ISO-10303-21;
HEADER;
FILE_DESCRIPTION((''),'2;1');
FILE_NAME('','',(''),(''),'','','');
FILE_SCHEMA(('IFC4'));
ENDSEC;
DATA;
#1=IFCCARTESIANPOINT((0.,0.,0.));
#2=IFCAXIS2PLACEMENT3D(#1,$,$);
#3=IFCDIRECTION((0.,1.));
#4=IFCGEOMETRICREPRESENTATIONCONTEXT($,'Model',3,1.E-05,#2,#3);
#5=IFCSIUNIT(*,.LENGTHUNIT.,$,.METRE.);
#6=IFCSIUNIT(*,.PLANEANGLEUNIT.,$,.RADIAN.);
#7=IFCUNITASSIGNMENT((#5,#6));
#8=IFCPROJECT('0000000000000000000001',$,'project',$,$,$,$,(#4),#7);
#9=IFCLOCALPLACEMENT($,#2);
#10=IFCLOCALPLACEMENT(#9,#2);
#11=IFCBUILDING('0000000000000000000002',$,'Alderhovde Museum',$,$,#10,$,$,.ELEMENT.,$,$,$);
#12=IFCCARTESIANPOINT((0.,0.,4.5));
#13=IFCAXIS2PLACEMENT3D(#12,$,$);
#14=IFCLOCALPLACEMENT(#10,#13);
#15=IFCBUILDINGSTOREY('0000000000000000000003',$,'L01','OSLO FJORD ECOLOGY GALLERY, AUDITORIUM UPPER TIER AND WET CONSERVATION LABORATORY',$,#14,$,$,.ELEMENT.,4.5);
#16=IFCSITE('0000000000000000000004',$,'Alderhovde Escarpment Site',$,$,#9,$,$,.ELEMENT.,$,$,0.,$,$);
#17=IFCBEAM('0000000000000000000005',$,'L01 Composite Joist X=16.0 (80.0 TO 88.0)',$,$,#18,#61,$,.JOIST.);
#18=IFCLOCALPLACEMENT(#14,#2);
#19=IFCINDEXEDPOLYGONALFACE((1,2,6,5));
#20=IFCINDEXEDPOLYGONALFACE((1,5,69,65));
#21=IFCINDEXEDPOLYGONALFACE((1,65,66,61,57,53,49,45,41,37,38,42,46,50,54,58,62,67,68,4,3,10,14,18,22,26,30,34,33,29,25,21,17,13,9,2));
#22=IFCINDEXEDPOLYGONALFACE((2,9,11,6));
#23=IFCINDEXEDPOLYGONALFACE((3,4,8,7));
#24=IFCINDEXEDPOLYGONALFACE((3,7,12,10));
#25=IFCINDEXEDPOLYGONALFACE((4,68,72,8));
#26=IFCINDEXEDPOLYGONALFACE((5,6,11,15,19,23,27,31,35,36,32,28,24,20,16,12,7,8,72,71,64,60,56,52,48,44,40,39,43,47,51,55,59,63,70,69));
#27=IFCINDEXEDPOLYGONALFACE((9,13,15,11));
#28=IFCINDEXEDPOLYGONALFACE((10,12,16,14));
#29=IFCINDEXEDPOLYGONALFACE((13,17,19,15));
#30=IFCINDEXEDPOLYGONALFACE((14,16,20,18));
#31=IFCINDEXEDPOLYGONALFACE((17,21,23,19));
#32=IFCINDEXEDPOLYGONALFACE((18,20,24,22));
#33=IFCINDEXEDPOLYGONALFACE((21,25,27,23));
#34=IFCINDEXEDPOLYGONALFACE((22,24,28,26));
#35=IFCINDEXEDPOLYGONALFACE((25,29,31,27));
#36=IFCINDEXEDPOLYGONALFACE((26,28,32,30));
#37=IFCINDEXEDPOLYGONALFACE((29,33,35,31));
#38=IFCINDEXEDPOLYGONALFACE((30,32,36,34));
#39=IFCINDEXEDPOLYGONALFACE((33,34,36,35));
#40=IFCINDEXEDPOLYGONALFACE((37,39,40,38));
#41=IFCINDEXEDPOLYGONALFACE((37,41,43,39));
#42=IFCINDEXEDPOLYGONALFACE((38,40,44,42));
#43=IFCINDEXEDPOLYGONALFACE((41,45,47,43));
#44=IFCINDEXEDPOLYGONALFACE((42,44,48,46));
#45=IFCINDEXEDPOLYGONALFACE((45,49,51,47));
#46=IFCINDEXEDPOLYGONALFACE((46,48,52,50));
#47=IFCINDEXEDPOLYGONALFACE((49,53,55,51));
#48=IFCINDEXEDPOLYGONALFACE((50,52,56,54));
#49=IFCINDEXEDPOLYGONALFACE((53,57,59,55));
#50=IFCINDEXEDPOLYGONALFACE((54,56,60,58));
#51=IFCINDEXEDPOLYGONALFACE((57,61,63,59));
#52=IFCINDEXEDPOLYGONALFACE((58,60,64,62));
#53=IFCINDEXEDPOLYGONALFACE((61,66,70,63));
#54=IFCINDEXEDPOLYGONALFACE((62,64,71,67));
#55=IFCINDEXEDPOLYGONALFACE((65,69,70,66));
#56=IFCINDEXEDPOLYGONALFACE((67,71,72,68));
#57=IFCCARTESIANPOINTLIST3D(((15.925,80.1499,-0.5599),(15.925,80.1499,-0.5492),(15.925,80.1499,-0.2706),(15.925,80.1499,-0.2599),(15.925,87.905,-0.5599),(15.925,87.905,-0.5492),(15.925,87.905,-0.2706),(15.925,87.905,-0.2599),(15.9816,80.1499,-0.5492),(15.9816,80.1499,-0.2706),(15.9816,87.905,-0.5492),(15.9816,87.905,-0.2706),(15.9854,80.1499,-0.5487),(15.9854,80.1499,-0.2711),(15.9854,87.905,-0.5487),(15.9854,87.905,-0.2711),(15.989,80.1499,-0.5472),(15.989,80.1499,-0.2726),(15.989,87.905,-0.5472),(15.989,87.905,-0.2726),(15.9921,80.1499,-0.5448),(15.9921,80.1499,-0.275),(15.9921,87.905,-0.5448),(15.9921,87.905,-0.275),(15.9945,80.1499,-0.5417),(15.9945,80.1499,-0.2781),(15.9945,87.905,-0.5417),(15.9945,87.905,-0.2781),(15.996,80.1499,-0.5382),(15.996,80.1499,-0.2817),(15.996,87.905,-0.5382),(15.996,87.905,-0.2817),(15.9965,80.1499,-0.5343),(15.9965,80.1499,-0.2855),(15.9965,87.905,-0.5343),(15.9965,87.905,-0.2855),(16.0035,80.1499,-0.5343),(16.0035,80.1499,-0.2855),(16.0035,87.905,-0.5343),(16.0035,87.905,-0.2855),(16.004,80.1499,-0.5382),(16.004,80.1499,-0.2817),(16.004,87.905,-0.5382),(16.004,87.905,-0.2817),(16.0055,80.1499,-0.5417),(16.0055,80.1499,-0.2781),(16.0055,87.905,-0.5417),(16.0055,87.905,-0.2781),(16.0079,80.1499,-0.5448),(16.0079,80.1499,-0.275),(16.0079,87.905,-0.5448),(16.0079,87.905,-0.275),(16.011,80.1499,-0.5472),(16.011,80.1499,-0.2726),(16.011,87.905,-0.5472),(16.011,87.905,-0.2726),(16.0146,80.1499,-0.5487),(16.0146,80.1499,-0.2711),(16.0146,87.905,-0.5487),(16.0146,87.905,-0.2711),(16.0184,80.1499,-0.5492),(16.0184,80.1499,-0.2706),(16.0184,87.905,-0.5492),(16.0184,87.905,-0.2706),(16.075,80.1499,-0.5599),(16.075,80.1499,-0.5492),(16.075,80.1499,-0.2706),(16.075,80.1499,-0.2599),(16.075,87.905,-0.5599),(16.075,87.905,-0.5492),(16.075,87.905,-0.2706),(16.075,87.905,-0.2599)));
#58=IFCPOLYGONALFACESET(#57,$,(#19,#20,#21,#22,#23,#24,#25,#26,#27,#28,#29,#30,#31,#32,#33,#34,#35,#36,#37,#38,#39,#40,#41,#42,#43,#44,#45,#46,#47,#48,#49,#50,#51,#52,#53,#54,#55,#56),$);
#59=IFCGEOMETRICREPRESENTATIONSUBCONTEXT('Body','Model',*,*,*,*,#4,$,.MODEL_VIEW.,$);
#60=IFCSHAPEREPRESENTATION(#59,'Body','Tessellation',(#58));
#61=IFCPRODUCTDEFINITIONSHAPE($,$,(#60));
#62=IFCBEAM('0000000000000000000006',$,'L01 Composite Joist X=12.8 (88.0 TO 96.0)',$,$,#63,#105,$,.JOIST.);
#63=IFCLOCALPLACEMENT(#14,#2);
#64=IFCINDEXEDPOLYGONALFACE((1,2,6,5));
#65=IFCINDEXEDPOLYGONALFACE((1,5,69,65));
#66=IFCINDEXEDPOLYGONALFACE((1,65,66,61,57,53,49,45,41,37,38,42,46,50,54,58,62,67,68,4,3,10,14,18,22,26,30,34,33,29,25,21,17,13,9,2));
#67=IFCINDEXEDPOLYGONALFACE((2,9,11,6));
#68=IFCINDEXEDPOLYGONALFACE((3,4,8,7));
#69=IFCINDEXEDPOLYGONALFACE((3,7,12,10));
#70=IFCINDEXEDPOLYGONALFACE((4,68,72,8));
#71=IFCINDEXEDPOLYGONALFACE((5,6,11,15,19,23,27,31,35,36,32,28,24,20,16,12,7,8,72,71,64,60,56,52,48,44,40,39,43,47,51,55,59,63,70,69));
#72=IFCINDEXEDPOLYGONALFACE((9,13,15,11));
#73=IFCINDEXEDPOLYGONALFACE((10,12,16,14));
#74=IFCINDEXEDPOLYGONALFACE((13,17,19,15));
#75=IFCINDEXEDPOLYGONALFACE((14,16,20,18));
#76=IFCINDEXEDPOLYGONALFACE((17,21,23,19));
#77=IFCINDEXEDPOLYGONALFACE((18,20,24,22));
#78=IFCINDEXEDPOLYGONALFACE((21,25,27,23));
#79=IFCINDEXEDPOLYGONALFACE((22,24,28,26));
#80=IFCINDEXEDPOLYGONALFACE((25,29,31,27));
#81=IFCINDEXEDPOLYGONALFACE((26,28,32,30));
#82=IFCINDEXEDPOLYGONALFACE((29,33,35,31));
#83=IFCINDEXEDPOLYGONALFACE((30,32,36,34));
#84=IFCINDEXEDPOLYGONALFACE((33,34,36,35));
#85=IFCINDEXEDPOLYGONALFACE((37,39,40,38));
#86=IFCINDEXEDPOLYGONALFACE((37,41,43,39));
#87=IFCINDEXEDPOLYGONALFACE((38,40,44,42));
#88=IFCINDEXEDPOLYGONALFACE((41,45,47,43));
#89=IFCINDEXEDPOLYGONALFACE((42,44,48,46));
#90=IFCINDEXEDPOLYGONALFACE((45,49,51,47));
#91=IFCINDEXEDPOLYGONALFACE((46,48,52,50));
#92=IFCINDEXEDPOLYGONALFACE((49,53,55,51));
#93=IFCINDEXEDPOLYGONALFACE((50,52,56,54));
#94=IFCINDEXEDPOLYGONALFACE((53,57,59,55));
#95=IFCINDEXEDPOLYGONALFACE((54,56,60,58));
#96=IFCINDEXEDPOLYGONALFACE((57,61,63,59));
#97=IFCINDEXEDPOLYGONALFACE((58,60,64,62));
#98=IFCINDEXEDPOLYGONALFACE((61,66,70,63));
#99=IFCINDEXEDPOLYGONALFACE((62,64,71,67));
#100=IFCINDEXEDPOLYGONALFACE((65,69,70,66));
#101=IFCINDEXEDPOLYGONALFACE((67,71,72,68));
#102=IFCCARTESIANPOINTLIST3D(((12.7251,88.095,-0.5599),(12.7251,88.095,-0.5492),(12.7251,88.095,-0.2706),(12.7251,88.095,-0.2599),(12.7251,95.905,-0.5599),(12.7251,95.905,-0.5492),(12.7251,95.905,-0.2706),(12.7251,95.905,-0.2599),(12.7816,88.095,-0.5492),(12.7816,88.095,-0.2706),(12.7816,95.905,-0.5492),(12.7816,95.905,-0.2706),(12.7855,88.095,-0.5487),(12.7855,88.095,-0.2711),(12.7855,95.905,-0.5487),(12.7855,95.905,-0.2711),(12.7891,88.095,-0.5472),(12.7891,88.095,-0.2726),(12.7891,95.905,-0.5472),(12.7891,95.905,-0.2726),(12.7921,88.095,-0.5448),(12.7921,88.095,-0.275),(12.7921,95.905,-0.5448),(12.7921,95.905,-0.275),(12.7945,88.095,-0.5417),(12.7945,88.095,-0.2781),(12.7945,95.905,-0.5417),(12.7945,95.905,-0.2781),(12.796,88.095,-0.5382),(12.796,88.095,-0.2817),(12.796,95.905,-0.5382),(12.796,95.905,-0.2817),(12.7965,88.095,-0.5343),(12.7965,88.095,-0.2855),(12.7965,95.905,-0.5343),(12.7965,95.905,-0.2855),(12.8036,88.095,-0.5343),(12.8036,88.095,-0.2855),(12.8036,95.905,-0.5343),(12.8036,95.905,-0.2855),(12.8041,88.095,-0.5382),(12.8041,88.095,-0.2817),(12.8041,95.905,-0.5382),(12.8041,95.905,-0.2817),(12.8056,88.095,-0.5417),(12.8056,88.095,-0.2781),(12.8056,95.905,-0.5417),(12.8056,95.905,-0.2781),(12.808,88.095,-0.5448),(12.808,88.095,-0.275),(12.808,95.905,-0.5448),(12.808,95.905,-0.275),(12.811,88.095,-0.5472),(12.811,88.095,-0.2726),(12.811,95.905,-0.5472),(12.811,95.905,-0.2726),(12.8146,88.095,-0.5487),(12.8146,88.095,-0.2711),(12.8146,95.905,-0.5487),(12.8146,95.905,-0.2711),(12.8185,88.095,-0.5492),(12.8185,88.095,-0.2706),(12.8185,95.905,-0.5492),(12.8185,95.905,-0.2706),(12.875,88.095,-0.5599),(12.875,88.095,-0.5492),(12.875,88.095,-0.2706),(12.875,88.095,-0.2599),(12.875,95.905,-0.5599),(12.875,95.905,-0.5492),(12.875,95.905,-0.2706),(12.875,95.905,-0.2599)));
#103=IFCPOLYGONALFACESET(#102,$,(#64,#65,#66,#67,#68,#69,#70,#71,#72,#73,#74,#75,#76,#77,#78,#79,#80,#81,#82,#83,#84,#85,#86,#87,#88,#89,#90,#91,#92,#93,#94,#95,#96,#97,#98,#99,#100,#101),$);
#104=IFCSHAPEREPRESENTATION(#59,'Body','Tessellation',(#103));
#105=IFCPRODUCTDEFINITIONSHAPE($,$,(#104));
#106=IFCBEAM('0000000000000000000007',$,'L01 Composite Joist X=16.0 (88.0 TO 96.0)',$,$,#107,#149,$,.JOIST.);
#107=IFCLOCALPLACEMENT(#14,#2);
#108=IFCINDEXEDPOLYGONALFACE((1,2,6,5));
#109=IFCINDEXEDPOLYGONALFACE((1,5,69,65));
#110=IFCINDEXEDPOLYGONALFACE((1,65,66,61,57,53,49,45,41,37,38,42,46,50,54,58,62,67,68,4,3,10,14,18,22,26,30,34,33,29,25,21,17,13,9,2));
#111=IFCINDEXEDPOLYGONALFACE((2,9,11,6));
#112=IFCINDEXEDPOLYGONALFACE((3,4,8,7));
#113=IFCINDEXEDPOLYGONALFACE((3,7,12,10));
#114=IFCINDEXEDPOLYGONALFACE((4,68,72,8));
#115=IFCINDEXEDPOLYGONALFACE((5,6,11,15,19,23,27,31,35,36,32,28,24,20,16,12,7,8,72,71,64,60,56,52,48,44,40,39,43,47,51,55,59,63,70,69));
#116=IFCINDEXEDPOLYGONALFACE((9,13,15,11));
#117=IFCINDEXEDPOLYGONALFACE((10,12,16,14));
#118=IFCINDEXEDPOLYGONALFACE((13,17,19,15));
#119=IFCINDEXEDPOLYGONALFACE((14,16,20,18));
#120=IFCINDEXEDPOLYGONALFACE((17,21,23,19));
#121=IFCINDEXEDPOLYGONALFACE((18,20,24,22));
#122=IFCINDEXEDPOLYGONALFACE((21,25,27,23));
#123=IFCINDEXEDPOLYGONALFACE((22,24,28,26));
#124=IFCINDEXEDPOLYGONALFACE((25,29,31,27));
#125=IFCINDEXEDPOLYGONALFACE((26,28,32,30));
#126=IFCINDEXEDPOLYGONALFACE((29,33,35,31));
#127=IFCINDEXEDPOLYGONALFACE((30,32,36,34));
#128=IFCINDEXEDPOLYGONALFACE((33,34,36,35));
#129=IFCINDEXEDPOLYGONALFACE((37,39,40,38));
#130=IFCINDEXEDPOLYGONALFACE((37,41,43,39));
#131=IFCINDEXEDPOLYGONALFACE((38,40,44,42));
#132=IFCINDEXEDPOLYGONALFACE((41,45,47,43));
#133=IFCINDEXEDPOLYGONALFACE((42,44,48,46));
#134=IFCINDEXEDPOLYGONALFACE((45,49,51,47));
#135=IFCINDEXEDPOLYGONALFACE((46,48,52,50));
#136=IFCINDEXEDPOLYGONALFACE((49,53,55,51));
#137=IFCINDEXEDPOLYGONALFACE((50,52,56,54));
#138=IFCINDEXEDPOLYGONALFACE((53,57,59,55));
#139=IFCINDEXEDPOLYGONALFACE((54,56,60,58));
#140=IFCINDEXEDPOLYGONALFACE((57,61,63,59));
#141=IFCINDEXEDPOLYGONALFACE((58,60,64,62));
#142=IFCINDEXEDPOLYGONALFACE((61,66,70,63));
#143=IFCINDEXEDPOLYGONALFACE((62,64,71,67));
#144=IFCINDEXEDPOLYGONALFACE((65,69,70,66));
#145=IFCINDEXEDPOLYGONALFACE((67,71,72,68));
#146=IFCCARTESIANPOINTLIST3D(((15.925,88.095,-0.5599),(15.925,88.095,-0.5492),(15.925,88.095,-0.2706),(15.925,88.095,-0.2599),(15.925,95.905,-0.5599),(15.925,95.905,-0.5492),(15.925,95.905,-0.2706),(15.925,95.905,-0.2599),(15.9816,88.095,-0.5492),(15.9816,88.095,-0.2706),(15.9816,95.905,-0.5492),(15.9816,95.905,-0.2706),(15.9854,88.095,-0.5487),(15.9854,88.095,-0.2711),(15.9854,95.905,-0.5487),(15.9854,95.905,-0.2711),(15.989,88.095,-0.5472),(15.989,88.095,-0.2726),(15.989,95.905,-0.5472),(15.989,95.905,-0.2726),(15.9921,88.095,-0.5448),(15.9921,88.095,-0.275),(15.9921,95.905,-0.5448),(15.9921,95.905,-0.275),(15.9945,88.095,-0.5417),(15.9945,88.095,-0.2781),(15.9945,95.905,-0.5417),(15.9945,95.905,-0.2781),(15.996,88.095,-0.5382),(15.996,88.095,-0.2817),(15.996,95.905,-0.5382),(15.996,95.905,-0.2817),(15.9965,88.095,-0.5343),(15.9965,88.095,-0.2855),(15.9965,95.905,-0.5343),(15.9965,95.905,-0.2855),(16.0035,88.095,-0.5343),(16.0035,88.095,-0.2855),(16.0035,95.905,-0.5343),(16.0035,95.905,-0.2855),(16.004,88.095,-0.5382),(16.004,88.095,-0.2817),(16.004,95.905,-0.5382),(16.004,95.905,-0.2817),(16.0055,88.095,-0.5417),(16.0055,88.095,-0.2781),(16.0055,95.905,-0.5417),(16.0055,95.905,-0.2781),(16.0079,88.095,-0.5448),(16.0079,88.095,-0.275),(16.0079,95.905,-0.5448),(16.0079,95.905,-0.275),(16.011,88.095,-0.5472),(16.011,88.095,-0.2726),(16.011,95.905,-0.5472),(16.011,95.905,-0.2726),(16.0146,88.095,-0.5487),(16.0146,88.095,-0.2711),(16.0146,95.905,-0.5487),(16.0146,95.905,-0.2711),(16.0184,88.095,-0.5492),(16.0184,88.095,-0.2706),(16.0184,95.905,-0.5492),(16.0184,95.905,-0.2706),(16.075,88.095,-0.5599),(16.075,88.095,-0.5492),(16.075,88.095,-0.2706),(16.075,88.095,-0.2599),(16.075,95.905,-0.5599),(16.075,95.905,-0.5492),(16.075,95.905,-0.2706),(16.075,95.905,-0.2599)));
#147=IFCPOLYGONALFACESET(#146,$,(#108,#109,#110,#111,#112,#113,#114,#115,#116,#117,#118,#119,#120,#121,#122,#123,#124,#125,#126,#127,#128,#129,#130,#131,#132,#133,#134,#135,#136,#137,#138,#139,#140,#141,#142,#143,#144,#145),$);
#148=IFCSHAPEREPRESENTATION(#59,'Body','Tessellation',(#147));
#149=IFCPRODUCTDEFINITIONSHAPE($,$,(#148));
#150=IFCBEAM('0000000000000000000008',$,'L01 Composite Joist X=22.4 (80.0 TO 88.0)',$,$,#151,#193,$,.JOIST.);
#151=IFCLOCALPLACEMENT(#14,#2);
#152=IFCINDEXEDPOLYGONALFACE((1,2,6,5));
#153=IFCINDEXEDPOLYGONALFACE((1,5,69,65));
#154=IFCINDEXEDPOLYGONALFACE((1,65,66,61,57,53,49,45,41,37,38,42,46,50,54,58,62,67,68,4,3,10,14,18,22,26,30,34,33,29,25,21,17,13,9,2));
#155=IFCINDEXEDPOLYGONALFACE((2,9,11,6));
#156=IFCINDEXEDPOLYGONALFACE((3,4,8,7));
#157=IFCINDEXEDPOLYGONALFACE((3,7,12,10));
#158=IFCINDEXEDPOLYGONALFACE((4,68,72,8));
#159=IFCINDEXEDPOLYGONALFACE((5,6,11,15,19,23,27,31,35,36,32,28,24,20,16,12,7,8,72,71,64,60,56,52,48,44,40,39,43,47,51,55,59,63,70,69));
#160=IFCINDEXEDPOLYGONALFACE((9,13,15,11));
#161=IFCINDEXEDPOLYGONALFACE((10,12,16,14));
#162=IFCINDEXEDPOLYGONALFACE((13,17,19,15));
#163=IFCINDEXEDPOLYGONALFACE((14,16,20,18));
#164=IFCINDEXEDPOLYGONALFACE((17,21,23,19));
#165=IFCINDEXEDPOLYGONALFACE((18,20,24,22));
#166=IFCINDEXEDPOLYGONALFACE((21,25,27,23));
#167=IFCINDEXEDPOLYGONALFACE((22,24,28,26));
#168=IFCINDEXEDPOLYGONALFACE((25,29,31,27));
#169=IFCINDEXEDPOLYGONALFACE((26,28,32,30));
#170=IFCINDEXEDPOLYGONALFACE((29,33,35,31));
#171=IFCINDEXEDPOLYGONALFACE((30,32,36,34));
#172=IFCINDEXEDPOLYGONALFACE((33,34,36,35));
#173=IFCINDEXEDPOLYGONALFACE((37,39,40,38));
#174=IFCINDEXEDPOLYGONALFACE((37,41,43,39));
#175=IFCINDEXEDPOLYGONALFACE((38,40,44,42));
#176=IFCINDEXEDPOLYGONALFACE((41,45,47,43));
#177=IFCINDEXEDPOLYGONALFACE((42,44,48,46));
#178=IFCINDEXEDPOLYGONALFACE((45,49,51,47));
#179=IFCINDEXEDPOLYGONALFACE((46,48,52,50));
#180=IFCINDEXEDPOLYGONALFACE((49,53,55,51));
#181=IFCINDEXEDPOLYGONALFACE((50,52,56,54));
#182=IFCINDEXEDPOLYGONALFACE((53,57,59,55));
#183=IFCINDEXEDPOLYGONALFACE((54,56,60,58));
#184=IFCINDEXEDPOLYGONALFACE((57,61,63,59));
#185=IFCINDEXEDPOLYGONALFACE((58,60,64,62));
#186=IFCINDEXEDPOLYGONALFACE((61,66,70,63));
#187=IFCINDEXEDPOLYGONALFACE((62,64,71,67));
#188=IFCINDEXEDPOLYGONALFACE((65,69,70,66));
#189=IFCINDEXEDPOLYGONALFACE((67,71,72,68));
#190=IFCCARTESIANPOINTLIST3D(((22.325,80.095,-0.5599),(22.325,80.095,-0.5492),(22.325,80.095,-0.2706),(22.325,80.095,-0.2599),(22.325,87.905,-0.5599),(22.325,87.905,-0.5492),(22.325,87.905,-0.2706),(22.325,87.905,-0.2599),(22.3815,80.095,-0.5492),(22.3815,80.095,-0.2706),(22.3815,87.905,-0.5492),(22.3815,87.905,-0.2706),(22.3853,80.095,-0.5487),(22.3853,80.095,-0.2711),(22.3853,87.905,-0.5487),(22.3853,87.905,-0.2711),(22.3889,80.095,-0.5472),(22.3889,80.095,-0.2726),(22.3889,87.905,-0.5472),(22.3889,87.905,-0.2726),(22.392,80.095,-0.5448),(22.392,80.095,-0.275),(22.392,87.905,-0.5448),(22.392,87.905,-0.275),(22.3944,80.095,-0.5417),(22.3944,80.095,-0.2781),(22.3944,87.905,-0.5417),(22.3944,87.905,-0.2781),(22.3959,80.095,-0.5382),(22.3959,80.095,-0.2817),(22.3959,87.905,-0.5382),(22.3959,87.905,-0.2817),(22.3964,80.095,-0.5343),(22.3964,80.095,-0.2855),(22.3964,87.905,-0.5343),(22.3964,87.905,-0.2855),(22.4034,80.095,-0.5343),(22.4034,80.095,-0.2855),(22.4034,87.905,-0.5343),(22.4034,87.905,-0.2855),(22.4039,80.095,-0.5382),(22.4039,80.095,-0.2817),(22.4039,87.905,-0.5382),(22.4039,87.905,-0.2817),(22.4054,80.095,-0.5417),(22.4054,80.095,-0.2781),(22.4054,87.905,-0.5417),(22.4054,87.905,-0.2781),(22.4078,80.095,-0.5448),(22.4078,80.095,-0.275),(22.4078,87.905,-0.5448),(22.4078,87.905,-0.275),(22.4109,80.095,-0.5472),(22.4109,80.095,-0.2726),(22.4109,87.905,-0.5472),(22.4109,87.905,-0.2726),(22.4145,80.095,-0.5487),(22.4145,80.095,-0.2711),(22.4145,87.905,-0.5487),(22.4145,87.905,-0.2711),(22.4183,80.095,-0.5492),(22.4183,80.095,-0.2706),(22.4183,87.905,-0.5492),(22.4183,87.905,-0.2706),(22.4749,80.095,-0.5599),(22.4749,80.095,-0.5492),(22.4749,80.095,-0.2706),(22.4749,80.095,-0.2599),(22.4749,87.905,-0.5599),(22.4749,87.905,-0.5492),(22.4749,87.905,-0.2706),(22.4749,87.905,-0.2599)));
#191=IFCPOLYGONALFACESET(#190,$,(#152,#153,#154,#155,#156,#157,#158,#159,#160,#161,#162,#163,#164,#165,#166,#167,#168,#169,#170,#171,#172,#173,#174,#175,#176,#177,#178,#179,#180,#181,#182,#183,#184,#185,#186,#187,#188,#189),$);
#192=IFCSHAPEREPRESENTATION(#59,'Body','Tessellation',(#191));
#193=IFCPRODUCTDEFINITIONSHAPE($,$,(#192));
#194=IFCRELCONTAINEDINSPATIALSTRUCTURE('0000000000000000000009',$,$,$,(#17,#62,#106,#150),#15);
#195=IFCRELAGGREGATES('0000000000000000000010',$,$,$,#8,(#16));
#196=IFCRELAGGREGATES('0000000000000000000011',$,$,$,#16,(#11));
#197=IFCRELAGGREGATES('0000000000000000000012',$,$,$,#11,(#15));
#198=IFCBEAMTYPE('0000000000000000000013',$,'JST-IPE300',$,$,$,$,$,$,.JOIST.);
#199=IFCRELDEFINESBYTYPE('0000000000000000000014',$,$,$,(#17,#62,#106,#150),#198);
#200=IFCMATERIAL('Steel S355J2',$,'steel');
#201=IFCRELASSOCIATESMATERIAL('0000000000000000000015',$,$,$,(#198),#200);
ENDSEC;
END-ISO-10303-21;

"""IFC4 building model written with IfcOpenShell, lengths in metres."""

from ifc_helpers import new_model, si_unit, direction, frame, origin, origin_2d, place, context, subcontext, project, spatial, i_section, extrude, material, material_profile, profile_set, type_object, element, save


model = new_model("IFC4")

# Units and contexts
model_context = context("Model", 3, precision=1e-05, world=origin(), true_north=direction((0.0, 1.0)))
body_context = subcontext(model_context, "Body", "Model", "MODEL_VIEW")
ifc_project = project(units=[si_unit("LENGTHUNIT", "METRE"), si_unit("PLANEANGLEUNIT", "RADIAN")], contexts=[model_context])

# Site, building, storey
site_placement = place(None, origin())
site = spatial("IfcSite", under=ifc_project, at=site_placement, Name="Alderhovde Escarpment Site", CompositionType="ELEMENT", RefElevation=0.0)
building_placement = place(site_placement, origin())
building = spatial("IfcBuilding", under=site, at=building_placement, Name="Alderhovde Museum", CompositionType="ELEMENT")
storey_placement = place(building_placement, frame((0.0, 0.0, 4.5)))
storey = spatial("IfcBuildingStorey", under=building, at=storey_placement, Name="L01", Description="OSLO FJORD ECOLOGY GALLERY, AUDITORIUM UPPER TIER AND WET CONSERVATION LABORATORY", CompositionType="ELEMENT", Elevation=4.5)

# Beams
ifc_material_1 = material(Name="Steel S355J2", Category="steel")
ifc_material_profile_1 = material_profile(ifc_material_1, i_section(OverallWidth=0.1499, OverallDepth=0.3, WebThickness=0.0071, FlangeThickness=0.0107, FilletRadius=0.0149, at=origin_2d()), Name="IPE 300")
ifc_profile_set_1 = profile_set([ifc_material_profile_1], Name="Steel S355J2")
beam_type_1 = type_object("IfcBeamType", Name="JST-IPE300", PredefinedType="JOIST", material=ifc_profile_set_1)
for number, where, z_axis, x_axis, name in (
    (1, (16.0, 80.1499, -0.4099), (0.0, 1.0, 0.0), (-1.0, 0.0, 0.0), "L01 Composite Joist X=16.0 (80.0 TO 88.0)"),
):
    element("IfcBeam", number, at=place(storey_placement, frame(where, z_axis=z_axis, x_axis=x_axis)), inside=storey, type_object=beam_type_1, Name=name, PredefinedType="JOIST", context=body_context, shape_type="SweptSolid", body=[
        extrude(i_section(OverallWidth=0.1499, OverallDepth=0.3, WebThickness=0.0071, FlangeThickness=0.0107, FilletRadius=0.0149, at=origin_2d()), origin(), (0.0, 0.0, 1.0), 7.7551),
    ])
for number, where, z_axis, x_axis, name in (
    (2, (12.8, 88.095, -0.4099), (0.0, 1.0, 0.0), (-1.0, 0.0, 0.0), "L01 Composite Joist X=12.8 (88.0 TO 96.0)"),
    (3, (16.0, 88.095, -0.4099), (0.0, 1.0, 0.0), (-1.0, 0.0, 0.0), "L01 Composite Joist X=16.0 (88.0 TO 96.0)"),
    (4, (22.3999, 80.095, -0.4099), (0.0, 1.0, 0.0), (-1.0, 0.0, 0.0), "L01 Composite Joist X=22.4 (80.0 TO 88.0)"),
):
    element("IfcBeam", number, at=place(storey_placement, frame(where, z_axis=z_axis, x_axis=x_axis)), inside=storey, type_object=beam_type_1, Name=name, PredefinedType="JOIST", context=body_context, shape_type="SweptSolid", body=[
        extrude(i_section(OverallWidth=0.1499, OverallDepth=0.3, WebThickness=0.0071, FlangeThickness=0.0107, FilletRadius=0.0149, at=origin_2d()), origin(), (0.0, 0.0, 1.0), 7.8101),
    ])

save(model, "model.ifc")
